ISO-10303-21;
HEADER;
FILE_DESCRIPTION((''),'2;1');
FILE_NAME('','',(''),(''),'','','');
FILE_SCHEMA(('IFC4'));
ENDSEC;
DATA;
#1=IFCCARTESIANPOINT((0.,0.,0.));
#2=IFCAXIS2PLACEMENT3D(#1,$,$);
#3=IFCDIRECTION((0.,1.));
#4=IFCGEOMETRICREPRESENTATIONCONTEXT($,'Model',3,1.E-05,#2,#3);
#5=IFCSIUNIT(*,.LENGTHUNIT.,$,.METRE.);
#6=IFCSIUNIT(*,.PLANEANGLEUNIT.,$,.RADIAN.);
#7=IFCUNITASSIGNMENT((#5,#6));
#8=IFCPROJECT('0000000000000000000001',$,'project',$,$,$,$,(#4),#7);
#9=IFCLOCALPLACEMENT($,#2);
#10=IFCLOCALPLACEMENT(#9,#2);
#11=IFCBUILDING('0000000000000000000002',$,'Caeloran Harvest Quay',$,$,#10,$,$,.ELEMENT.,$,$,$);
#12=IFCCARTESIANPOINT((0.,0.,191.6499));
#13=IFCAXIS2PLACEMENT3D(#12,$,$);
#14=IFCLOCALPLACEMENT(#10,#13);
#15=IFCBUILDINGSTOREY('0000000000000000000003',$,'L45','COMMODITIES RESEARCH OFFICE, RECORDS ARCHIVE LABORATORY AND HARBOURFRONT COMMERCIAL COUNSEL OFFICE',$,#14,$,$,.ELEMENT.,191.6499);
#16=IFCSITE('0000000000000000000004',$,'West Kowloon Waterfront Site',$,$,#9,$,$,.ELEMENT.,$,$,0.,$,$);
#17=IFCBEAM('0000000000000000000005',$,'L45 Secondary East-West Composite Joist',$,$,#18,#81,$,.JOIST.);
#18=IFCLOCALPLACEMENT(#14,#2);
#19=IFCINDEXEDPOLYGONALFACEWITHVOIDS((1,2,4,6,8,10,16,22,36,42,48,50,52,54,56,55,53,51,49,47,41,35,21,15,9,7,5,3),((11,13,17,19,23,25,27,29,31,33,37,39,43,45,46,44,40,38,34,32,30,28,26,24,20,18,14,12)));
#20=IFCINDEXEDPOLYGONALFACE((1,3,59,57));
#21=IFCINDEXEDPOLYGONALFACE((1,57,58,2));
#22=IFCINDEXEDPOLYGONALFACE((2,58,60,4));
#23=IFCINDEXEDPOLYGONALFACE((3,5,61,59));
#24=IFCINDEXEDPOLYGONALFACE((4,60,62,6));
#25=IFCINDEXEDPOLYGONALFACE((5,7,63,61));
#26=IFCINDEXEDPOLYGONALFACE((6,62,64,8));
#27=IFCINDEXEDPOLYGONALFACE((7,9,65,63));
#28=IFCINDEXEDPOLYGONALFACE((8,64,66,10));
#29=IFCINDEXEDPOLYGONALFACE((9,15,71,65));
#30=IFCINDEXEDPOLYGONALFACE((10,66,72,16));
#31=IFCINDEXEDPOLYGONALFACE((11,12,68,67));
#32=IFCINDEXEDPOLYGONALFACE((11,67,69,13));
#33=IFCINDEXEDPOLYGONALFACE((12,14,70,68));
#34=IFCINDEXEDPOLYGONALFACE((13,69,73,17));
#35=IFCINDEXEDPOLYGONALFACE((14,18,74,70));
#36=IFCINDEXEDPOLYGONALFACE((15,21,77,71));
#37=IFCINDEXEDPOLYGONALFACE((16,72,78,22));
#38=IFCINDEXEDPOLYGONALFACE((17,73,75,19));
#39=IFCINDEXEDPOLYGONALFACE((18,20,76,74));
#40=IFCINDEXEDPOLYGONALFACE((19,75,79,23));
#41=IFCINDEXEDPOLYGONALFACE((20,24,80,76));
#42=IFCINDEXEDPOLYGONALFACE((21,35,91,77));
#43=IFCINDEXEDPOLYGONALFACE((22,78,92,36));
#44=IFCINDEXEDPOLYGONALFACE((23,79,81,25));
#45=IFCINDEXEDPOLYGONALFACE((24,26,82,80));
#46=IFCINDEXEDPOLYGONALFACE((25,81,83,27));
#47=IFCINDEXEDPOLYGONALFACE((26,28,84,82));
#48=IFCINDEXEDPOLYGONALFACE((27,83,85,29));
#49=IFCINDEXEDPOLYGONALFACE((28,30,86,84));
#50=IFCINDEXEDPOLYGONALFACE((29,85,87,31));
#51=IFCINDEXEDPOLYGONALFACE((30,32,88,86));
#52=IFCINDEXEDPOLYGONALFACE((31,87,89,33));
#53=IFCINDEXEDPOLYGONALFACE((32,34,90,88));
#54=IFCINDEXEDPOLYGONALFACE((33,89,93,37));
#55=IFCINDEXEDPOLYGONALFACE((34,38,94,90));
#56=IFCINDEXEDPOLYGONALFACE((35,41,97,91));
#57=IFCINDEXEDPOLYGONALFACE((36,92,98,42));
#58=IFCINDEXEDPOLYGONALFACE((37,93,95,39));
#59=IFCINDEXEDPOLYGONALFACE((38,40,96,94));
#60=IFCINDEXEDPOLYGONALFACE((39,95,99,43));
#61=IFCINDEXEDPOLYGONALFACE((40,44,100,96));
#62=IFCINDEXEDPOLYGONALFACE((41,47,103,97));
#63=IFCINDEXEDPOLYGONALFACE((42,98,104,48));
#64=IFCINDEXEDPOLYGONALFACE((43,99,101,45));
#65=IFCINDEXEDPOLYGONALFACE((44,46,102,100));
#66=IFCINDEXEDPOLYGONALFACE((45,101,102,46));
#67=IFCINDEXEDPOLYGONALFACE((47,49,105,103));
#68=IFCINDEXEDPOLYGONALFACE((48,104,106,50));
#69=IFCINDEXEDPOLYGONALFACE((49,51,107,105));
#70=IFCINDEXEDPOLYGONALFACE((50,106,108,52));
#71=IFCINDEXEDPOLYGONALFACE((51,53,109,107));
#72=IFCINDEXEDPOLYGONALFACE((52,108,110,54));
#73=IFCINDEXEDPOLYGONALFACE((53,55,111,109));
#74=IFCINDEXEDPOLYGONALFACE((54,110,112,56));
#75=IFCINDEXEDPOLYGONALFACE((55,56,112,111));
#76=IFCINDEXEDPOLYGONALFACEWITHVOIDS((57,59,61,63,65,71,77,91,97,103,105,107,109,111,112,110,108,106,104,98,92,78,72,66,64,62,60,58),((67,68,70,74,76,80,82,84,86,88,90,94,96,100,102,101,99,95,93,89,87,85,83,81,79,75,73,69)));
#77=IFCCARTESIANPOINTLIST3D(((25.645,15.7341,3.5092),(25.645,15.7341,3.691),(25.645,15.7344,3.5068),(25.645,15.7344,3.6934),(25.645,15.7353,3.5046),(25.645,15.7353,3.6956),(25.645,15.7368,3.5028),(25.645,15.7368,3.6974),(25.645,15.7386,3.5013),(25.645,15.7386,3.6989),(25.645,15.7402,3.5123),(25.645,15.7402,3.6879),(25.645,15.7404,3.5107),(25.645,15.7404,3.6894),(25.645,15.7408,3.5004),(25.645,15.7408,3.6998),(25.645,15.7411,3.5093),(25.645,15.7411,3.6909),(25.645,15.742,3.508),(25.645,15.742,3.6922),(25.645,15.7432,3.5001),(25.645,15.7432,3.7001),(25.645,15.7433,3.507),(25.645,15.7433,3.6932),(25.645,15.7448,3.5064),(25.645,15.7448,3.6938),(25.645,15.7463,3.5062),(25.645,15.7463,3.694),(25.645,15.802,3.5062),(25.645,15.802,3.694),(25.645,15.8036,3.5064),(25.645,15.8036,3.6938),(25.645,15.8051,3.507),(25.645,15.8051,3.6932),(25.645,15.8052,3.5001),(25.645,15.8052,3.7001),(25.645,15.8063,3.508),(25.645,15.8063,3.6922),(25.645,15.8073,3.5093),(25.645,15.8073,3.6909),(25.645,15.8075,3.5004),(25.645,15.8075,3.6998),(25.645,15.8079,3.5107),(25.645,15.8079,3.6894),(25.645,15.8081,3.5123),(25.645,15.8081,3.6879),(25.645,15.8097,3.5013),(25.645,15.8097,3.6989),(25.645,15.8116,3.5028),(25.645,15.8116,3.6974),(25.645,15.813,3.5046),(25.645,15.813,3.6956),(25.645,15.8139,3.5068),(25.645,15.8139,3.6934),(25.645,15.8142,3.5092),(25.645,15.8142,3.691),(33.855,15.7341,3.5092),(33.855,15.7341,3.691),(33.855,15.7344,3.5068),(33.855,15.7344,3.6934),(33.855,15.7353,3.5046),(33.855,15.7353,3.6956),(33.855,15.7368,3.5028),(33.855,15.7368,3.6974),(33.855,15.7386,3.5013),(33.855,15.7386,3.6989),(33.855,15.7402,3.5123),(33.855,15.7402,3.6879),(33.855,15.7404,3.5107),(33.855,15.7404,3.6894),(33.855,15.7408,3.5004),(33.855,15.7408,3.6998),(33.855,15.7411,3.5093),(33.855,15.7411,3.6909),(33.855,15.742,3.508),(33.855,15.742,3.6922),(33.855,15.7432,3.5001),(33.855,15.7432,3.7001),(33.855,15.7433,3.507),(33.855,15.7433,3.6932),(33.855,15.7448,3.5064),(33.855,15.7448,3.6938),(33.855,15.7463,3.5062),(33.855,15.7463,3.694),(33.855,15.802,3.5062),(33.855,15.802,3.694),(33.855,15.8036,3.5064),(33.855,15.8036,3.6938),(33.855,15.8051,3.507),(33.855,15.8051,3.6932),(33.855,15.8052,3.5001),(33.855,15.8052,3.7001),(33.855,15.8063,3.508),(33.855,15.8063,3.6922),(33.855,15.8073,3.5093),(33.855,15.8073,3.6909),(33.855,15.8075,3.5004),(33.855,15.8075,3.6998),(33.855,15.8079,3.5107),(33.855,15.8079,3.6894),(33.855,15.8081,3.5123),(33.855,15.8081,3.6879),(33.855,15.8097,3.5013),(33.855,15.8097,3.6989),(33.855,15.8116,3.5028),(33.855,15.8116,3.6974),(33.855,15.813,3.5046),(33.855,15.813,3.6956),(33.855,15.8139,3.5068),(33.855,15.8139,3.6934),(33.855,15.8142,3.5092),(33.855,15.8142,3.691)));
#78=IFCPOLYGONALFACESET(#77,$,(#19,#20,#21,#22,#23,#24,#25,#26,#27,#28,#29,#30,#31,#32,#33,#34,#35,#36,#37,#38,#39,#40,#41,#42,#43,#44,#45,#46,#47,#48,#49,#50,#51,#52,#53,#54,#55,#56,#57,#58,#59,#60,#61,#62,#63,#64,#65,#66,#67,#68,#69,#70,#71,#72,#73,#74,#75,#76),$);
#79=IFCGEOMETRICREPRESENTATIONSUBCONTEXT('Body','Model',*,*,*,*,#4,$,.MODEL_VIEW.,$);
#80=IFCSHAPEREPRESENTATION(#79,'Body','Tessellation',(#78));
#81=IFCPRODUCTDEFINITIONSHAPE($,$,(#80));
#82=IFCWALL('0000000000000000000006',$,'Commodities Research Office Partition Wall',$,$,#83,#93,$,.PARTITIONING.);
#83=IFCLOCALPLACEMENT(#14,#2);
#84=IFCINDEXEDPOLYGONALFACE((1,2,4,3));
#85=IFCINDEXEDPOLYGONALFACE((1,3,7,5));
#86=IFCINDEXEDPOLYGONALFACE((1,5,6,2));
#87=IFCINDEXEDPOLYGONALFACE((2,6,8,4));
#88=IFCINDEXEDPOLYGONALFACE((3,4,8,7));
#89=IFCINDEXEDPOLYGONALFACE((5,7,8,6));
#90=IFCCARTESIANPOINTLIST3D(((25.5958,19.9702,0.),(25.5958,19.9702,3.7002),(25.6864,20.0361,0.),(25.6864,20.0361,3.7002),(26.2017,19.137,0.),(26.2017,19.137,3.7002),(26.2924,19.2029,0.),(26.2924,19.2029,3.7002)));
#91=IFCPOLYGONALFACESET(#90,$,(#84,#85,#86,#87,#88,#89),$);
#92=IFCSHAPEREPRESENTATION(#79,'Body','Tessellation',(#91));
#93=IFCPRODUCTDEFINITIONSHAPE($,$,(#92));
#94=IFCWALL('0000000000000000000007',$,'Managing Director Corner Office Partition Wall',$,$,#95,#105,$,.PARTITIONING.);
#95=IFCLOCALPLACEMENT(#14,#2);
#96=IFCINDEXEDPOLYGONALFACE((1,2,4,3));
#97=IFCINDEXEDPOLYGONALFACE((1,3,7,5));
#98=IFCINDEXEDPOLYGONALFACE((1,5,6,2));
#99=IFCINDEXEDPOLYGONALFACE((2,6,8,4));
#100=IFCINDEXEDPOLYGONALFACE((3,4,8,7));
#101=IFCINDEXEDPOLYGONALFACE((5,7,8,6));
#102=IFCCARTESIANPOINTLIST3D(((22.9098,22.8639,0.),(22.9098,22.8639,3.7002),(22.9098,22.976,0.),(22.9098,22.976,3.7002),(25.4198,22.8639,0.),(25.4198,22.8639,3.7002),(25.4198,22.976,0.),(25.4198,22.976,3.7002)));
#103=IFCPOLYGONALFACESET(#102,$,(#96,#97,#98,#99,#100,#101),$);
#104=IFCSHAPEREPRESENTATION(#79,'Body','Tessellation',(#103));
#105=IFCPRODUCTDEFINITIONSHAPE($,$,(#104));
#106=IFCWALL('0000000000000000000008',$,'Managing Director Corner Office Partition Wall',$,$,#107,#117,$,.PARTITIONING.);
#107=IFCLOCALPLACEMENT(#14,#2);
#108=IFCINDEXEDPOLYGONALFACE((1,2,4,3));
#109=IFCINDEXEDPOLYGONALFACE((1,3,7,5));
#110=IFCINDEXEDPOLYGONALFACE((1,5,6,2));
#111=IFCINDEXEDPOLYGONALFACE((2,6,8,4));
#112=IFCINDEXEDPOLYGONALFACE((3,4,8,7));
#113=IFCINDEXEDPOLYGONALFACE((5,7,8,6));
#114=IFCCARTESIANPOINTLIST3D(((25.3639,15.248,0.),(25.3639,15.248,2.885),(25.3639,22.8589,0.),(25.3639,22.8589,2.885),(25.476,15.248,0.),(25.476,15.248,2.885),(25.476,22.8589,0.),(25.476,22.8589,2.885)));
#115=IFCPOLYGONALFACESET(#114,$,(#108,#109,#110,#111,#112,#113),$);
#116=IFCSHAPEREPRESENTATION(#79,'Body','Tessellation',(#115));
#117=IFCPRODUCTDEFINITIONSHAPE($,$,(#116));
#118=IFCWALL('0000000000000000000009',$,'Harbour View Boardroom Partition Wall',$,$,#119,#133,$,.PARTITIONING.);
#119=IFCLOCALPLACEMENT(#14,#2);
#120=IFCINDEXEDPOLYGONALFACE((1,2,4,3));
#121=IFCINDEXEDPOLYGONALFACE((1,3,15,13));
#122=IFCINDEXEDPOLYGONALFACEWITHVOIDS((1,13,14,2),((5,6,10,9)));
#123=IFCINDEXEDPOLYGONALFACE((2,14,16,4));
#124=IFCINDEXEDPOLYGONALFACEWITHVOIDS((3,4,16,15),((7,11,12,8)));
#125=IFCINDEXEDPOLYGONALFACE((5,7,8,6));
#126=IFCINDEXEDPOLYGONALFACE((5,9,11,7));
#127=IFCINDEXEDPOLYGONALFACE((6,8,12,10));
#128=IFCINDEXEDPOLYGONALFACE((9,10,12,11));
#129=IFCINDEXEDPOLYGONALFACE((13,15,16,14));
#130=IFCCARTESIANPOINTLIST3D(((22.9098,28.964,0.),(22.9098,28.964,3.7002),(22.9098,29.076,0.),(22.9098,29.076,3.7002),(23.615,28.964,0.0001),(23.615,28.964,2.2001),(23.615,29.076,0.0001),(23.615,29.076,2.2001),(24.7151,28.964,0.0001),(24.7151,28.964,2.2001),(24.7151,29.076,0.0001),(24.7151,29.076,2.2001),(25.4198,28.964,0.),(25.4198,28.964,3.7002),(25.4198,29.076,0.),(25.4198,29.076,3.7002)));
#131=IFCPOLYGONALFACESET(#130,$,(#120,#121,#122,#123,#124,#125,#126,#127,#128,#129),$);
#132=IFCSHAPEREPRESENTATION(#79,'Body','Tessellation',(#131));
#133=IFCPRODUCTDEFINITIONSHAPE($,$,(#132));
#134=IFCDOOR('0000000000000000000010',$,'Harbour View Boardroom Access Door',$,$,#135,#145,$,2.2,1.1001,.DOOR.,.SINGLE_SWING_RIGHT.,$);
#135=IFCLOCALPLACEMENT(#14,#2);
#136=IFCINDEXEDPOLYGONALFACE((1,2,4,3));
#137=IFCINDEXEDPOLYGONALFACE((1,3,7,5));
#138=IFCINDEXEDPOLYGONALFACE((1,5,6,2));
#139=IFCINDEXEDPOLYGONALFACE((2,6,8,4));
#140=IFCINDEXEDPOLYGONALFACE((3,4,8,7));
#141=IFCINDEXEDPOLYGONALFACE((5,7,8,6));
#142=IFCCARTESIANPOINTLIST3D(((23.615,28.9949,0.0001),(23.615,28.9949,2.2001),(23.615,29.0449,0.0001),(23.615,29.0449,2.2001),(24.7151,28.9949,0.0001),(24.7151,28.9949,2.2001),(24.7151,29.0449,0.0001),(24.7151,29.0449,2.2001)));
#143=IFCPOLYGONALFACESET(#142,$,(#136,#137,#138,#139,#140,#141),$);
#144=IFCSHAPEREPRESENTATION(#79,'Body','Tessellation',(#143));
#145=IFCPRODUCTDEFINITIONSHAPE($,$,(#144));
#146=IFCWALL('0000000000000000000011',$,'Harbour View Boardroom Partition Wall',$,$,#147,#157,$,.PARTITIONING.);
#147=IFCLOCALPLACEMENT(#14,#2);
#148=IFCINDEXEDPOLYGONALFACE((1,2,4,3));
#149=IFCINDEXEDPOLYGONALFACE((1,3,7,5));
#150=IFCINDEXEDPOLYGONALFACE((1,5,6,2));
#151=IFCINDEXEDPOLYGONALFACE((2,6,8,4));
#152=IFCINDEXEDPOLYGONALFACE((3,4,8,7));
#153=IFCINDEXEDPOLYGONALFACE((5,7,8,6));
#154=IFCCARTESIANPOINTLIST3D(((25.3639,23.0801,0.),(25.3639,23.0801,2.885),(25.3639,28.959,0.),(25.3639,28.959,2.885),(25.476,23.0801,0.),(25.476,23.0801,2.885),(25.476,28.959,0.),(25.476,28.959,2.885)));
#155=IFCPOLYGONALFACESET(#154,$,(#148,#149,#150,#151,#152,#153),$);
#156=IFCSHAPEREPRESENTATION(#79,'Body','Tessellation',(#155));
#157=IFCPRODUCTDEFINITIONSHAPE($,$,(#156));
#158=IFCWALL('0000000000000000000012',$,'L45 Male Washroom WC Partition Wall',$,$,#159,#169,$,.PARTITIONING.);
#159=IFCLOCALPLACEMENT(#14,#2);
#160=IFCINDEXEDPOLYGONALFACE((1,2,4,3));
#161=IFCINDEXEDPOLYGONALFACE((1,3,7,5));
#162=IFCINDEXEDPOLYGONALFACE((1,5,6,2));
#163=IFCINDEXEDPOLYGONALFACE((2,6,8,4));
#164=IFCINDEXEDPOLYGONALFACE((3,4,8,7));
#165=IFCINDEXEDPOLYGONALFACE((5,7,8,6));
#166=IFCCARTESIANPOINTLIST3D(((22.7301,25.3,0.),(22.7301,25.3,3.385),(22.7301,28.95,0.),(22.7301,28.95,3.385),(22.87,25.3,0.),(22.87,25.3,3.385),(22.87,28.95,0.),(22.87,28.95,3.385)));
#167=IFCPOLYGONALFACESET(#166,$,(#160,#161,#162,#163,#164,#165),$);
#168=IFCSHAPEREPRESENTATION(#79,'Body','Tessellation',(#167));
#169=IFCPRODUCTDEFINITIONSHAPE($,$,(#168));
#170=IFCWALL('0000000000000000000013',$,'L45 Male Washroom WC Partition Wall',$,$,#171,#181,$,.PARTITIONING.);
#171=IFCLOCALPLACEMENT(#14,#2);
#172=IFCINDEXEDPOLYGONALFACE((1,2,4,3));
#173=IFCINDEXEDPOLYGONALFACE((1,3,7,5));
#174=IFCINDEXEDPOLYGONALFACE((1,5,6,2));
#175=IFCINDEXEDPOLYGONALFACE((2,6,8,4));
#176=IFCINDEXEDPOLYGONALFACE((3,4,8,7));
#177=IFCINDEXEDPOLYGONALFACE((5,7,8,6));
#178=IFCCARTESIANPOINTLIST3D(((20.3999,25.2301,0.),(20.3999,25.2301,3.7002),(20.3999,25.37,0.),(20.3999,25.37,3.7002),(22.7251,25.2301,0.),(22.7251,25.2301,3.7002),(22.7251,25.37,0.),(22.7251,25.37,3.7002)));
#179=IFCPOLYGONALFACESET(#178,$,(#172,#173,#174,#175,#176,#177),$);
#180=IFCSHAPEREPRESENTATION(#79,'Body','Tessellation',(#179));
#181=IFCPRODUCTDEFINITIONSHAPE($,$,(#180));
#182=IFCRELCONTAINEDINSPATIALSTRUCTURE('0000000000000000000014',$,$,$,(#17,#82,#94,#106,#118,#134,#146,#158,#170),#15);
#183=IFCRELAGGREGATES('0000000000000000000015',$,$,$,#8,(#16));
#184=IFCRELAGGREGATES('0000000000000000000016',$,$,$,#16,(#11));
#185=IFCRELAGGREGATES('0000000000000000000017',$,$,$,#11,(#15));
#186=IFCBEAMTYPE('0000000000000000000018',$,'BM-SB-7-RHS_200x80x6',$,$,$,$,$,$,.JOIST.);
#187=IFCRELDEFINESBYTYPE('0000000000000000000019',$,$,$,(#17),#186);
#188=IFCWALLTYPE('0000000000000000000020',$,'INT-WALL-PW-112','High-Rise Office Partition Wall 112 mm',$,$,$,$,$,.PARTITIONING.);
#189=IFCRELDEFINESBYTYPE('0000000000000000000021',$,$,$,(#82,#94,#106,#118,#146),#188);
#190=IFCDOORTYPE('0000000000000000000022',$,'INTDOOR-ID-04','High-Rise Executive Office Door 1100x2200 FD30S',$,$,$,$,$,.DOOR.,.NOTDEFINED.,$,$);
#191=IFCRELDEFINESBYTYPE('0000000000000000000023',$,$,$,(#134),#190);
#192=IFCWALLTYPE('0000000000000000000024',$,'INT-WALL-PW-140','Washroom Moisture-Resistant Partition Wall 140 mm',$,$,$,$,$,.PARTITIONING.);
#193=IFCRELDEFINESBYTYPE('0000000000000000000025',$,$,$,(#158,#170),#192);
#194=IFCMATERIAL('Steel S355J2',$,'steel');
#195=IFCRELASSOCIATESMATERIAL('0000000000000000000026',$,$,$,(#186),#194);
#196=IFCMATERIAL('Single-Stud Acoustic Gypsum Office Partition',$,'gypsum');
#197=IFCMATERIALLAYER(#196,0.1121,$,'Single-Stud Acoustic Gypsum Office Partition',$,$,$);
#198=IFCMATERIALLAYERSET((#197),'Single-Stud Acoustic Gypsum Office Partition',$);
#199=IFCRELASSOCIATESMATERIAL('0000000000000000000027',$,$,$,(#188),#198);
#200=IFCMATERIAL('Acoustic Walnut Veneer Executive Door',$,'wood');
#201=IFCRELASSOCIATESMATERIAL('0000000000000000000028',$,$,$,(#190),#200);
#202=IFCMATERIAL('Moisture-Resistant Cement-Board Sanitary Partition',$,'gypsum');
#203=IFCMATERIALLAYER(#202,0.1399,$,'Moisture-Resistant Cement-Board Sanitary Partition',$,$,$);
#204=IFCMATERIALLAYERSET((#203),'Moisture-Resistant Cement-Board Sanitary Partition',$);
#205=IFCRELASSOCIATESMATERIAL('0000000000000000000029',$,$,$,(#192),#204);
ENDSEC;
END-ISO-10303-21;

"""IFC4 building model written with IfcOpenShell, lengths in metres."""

from ifc_helpers import new_model, si_unit, direction, frame, frame_2d, origin, origin_2d, place, context, subcontext, project, spatial, rectangle, hollow_rectangle, extrude, material, layer, layer_set, material_profile, profile_set, type_object, element, fill, save


model = new_model("IFC4")

# Units and contexts
model_context = context("Model", 3, precision=1e-05, world=origin(), true_north=direction((0.0, 1.0)))
body_context = subcontext(model_context, "Body", "Model", "MODEL_VIEW")
ifc_project = project(units=[si_unit("LENGTHUNIT", "METRE"), si_unit("PLANEANGLEUNIT", "RADIAN")], contexts=[model_context])

# Site, building, storey
site_placement = place(None, origin())
site = spatial("IfcSite", under=ifc_project, at=site_placement, Name="West Kowloon Waterfront Site", CompositionType="ELEMENT", RefElevation=0.0)
building_placement = place(site_placement, origin())
building = spatial("IfcBuilding", under=site, at=building_placement, Name="Caeloran Harvest Quay", CompositionType="ELEMENT")
storey_placement = place(building_placement, frame((0.0, 0.0, 191.6499)))
storey = spatial("IfcBuildingStorey", under=building, at=storey_placement, Name="L45", Description="COMMODITIES RESEARCH OFFICE, RECORDS ARCHIVE LABORATORY AND HARBOURFRONT COMMERCIAL COUNSEL OFFICE", CompositionType="ELEMENT", Elevation=191.6499)

# Beam
ifc_material_1 = material(Name="Steel S355J2", Category="steel")
ifc_material_profile_1 = material_profile(ifc_material_1, hollow_rectangle(XDim=0.0801, YDim=0.2, WallThickness=0.0061, InnerFilletRadius=0.0061, OuterFilletRadius=0.009, at=origin_2d()), Name="RHS 200x80x6")
ifc_profile_set_1 = profile_set([ifc_material_profile_1], Name="Steel S355J2")
beam_type_1 = type_object("IfcBeamType", Name="BM-SB-7-RHS_200x80x6", PredefinedType="JOIST", material=ifc_profile_set_1)
beam_1_placement = place(storey_placement, frame((25.645, 15.7742, 3.6001), z_axis=(1.0, 0.0, 0.0), x_axis=(0.0, 1.0, 0.0)))
element("IfcBeam", 1, at=beam_1_placement, inside=storey, type_object=beam_type_1, Name="L45 Secondary East-West Composite Joist", PredefinedType="JOIST", context=body_context, shape_type="SweptSolid", body=[
    extrude(hollow_rectangle(XDim=0.0801, YDim=0.2, WallThickness=0.0061, InnerFilletRadius=0.0061, OuterFilletRadius=0.009, at=origin_2d()), origin(), (0.0, 0.0, 1.0), 8.21),
])

# Walls
ifc_material_2 = material(Name="Single-Stud Acoustic Gypsum Office Partition", Category="gypsum")
ifc_layer_1 = layer(ifc_material_2, 0.1121, Name="Single-Stud Acoustic Gypsum Office Partition")
ifc_layer_set_1 = layer_set([ifc_layer_1], Name="Single-Stud Acoustic Gypsum Office Partition")
wall_type_1 = type_object("IfcWallType", Name="INT-WALL-PW-112", Description="High-Rise Office Partition Wall 112 mm", PredefinedType="PARTITIONING", material=ifc_layer_set_1)
wall_1_placement = place(storey_placement, frame((25.6411, 20.0032, 0.0), z_axis=(0.0, 0.0, 1.0), x_axis=(0.588144, -0.808757, 0.0)))
element("IfcWall", 2, at=wall_1_placement, inside=storey, type_object=wall_type_1, Name="Commodities Research Office Partition Wall", PredefinedType="PARTITIONING", context=body_context, shape_type="SweptSolid", body=[
    extrude(rectangle(XDim=1.0303, YDim=0.1121, at=frame_2d((0.5151, 0.0))), origin(), (0.0, 0.0, 1.0), 3.7002),
])
wall_2_placement = place(storey_placement, frame((22.9099, 22.9199, 0.0), z_axis=(0.0, 0.0, 1.0), x_axis=(1.0, 0.0, 0.0)))
element("IfcWall", 3, at=wall_2_placement, inside=storey, type_object=wall_type_1, Name="Managing Director Corner Office Partition Wall", PredefinedType="PARTITIONING", context=body_context, shape_type="SweptSolid", body=[
    extrude(rectangle(XDim=2.51, YDim=0.1121, at=frame_2d((1.2549, 0.0))), origin(), (0.0, 0.0, 1.0), 3.7002),
])
wall_3_placement = place(storey_placement, frame((25.4199, 22.8589, 0.0), z_axis=(0.0, 0.0, 1.0), x_axis=(0.0, -1.0, 0.0)))
element("IfcWall", 4, at=wall_3_placement, inside=storey, type_object=wall_type_1, Name="Managing Director Corner Office Partition Wall", PredefinedType="PARTITIONING", context=body_context, shape_type="SweptSolid", body=[
    extrude(rectangle(XDim=7.6108, YDim=0.1121, at=frame_2d((3.8054, 0.0))), origin(), (0.0, 0.0, 1.0), 2.885),
])

# Wall, opening, door
wall_4_placement = place(storey_placement, frame((22.9099, 29.02, 0.0), z_axis=(0.0, 0.0, 1.0), x_axis=(1.0, 0.0, 0.0)))
wall_4 = element("IfcWall", 5, at=wall_4_placement, inside=storey, type_object=wall_type_1, Name="Harbour View Boardroom Partition Wall", PredefinedType="PARTITIONING", context=body_context, shape_type="SweptSolid", body=[
    extrude(rectangle(XDim=2.51, YDim=0.1121, at=frame_2d((1.2549, 0.0))), origin(), (0.0, 0.0, 1.0), 3.7002),
])
opening_1_placement = place(wall_4_placement, frame((0.7051, 0.0, 0.0)))
opening_1 = element("IfcOpeningElement", 6, at=opening_1_placement, cuts=wall_4, PredefinedType="OPENING", context=body_context, shape_type="SweptSolid", body=[
    extrude(rectangle(XDim=1.1001, YDim=2.2, at=frame_2d((0.55, 1.1001))), frame((0.0, 0.0659, 0.0), z_axis=(0.0, -1.0, 0.0), x_axis=(1.0, 0.0, 0.0)), (0.0, 0.0, 1.0), 0.1321),
])
ifc_material_3 = material(Name="Acoustic Walnut Veneer Executive Door", Category="wood")
door_type_1 = type_object("IfcDoorType", Name="INTDOOR-ID-04", Description="High-Rise Executive Office Door 1100x2200 FD30S", OperationType="NOTDEFINED", PredefinedType="DOOR", material=ifc_material_3)
door_1_placement = place(opening_1_placement, origin())
door_1 = element("IfcDoor", 7, at=door_1_placement, inside=storey, type_object=door_type_1, Name="Harbour View Boardroom Access Door", OperationType="SINGLE_SWING_RIGHT", OverallHeight=2.2, OverallWidth=1.1001, PredefinedType="DOOR", context=body_context, shape_type="SweptSolid", body=[
    extrude(rectangle(XDim=1.1001, YDim=2.2, at=frame_2d((0.55, 1.1001))), frame((0.0, 0.0249, 0.0), z_axis=(0.0, -1.0, 0.0), x_axis=(1.0, 0.0, 0.0)), (0.0, 0.0, 1.0), 0.05),
])
fill(opening_1, door_1)

# Walls
wall_5_placement = place(storey_placement, frame((25.4199, 28.959, 0.0), z_axis=(0.0, 0.0, 1.0), x_axis=(0.0, -1.0, 0.0)))
element("IfcWall", 8, at=wall_5_placement, inside=storey, type_object=wall_type_1, Name="Harbour View Boardroom Partition Wall", PredefinedType="PARTITIONING", context=body_context, shape_type="SweptSolid", body=[
    extrude(rectangle(XDim=5.8789, YDim=0.1121, at=frame_2d((2.9395, 0.0))), origin(), (0.0, 0.0, 1.0), 2.885),
])
ifc_material_4 = material(Name="Moisture-Resistant Cement-Board Sanitary Partition", Category="gypsum")
ifc_layer_2 = layer(ifc_material_4, 0.1399, Name="Moisture-Resistant Cement-Board Sanitary Partition")
ifc_layer_set_2 = layer_set([ifc_layer_2], Name="Moisture-Resistant Cement-Board Sanitary Partition")
wall_type_2 = type_object("IfcWallType", Name="INT-WALL-PW-140", Description="Washroom Moisture-Resistant Partition Wall 140 mm", PredefinedType="PARTITIONING", material=ifc_layer_set_2)
wall_6_placement = place(storey_placement, frame((22.8, 28.95, 0.0), z_axis=(0.0, 0.0, 1.0), x_axis=(0.0, -1.0, 0.0)))
element("IfcWall", 9, at=wall_6_placement, inside=storey, type_object=wall_type_2, Name="L45 Male Washroom WC Partition Wall", PredefinedType="PARTITIONING", context=body_context, shape_type="SweptSolid", body=[
    extrude(rectangle(XDim=3.6499, YDim=0.1399, at=frame_2d((1.825, 0.0))), origin(), (0.0, 0.0, 1.0), 3.385),
])
wall_7_placement = place(storey_placement, frame((22.7251, 25.3, 0.0), z_axis=(0.0, 0.0, 1.0), x_axis=(-1.0, 0.0, 0.0)))
element("IfcWall", 10, at=wall_7_placement, inside=storey, type_object=wall_type_2, Name="L45 Male Washroom WC Partition Wall", PredefinedType="PARTITIONING", context=body_context, shape_type="SweptSolid", body=[
    extrude(rectangle(XDim=2.3252, YDim=0.1399, at=frame_2d((1.1626, 0.0))), origin(), (0.0, 0.0, 1.0), 3.7002),
])

save(model, "model.ifc")
